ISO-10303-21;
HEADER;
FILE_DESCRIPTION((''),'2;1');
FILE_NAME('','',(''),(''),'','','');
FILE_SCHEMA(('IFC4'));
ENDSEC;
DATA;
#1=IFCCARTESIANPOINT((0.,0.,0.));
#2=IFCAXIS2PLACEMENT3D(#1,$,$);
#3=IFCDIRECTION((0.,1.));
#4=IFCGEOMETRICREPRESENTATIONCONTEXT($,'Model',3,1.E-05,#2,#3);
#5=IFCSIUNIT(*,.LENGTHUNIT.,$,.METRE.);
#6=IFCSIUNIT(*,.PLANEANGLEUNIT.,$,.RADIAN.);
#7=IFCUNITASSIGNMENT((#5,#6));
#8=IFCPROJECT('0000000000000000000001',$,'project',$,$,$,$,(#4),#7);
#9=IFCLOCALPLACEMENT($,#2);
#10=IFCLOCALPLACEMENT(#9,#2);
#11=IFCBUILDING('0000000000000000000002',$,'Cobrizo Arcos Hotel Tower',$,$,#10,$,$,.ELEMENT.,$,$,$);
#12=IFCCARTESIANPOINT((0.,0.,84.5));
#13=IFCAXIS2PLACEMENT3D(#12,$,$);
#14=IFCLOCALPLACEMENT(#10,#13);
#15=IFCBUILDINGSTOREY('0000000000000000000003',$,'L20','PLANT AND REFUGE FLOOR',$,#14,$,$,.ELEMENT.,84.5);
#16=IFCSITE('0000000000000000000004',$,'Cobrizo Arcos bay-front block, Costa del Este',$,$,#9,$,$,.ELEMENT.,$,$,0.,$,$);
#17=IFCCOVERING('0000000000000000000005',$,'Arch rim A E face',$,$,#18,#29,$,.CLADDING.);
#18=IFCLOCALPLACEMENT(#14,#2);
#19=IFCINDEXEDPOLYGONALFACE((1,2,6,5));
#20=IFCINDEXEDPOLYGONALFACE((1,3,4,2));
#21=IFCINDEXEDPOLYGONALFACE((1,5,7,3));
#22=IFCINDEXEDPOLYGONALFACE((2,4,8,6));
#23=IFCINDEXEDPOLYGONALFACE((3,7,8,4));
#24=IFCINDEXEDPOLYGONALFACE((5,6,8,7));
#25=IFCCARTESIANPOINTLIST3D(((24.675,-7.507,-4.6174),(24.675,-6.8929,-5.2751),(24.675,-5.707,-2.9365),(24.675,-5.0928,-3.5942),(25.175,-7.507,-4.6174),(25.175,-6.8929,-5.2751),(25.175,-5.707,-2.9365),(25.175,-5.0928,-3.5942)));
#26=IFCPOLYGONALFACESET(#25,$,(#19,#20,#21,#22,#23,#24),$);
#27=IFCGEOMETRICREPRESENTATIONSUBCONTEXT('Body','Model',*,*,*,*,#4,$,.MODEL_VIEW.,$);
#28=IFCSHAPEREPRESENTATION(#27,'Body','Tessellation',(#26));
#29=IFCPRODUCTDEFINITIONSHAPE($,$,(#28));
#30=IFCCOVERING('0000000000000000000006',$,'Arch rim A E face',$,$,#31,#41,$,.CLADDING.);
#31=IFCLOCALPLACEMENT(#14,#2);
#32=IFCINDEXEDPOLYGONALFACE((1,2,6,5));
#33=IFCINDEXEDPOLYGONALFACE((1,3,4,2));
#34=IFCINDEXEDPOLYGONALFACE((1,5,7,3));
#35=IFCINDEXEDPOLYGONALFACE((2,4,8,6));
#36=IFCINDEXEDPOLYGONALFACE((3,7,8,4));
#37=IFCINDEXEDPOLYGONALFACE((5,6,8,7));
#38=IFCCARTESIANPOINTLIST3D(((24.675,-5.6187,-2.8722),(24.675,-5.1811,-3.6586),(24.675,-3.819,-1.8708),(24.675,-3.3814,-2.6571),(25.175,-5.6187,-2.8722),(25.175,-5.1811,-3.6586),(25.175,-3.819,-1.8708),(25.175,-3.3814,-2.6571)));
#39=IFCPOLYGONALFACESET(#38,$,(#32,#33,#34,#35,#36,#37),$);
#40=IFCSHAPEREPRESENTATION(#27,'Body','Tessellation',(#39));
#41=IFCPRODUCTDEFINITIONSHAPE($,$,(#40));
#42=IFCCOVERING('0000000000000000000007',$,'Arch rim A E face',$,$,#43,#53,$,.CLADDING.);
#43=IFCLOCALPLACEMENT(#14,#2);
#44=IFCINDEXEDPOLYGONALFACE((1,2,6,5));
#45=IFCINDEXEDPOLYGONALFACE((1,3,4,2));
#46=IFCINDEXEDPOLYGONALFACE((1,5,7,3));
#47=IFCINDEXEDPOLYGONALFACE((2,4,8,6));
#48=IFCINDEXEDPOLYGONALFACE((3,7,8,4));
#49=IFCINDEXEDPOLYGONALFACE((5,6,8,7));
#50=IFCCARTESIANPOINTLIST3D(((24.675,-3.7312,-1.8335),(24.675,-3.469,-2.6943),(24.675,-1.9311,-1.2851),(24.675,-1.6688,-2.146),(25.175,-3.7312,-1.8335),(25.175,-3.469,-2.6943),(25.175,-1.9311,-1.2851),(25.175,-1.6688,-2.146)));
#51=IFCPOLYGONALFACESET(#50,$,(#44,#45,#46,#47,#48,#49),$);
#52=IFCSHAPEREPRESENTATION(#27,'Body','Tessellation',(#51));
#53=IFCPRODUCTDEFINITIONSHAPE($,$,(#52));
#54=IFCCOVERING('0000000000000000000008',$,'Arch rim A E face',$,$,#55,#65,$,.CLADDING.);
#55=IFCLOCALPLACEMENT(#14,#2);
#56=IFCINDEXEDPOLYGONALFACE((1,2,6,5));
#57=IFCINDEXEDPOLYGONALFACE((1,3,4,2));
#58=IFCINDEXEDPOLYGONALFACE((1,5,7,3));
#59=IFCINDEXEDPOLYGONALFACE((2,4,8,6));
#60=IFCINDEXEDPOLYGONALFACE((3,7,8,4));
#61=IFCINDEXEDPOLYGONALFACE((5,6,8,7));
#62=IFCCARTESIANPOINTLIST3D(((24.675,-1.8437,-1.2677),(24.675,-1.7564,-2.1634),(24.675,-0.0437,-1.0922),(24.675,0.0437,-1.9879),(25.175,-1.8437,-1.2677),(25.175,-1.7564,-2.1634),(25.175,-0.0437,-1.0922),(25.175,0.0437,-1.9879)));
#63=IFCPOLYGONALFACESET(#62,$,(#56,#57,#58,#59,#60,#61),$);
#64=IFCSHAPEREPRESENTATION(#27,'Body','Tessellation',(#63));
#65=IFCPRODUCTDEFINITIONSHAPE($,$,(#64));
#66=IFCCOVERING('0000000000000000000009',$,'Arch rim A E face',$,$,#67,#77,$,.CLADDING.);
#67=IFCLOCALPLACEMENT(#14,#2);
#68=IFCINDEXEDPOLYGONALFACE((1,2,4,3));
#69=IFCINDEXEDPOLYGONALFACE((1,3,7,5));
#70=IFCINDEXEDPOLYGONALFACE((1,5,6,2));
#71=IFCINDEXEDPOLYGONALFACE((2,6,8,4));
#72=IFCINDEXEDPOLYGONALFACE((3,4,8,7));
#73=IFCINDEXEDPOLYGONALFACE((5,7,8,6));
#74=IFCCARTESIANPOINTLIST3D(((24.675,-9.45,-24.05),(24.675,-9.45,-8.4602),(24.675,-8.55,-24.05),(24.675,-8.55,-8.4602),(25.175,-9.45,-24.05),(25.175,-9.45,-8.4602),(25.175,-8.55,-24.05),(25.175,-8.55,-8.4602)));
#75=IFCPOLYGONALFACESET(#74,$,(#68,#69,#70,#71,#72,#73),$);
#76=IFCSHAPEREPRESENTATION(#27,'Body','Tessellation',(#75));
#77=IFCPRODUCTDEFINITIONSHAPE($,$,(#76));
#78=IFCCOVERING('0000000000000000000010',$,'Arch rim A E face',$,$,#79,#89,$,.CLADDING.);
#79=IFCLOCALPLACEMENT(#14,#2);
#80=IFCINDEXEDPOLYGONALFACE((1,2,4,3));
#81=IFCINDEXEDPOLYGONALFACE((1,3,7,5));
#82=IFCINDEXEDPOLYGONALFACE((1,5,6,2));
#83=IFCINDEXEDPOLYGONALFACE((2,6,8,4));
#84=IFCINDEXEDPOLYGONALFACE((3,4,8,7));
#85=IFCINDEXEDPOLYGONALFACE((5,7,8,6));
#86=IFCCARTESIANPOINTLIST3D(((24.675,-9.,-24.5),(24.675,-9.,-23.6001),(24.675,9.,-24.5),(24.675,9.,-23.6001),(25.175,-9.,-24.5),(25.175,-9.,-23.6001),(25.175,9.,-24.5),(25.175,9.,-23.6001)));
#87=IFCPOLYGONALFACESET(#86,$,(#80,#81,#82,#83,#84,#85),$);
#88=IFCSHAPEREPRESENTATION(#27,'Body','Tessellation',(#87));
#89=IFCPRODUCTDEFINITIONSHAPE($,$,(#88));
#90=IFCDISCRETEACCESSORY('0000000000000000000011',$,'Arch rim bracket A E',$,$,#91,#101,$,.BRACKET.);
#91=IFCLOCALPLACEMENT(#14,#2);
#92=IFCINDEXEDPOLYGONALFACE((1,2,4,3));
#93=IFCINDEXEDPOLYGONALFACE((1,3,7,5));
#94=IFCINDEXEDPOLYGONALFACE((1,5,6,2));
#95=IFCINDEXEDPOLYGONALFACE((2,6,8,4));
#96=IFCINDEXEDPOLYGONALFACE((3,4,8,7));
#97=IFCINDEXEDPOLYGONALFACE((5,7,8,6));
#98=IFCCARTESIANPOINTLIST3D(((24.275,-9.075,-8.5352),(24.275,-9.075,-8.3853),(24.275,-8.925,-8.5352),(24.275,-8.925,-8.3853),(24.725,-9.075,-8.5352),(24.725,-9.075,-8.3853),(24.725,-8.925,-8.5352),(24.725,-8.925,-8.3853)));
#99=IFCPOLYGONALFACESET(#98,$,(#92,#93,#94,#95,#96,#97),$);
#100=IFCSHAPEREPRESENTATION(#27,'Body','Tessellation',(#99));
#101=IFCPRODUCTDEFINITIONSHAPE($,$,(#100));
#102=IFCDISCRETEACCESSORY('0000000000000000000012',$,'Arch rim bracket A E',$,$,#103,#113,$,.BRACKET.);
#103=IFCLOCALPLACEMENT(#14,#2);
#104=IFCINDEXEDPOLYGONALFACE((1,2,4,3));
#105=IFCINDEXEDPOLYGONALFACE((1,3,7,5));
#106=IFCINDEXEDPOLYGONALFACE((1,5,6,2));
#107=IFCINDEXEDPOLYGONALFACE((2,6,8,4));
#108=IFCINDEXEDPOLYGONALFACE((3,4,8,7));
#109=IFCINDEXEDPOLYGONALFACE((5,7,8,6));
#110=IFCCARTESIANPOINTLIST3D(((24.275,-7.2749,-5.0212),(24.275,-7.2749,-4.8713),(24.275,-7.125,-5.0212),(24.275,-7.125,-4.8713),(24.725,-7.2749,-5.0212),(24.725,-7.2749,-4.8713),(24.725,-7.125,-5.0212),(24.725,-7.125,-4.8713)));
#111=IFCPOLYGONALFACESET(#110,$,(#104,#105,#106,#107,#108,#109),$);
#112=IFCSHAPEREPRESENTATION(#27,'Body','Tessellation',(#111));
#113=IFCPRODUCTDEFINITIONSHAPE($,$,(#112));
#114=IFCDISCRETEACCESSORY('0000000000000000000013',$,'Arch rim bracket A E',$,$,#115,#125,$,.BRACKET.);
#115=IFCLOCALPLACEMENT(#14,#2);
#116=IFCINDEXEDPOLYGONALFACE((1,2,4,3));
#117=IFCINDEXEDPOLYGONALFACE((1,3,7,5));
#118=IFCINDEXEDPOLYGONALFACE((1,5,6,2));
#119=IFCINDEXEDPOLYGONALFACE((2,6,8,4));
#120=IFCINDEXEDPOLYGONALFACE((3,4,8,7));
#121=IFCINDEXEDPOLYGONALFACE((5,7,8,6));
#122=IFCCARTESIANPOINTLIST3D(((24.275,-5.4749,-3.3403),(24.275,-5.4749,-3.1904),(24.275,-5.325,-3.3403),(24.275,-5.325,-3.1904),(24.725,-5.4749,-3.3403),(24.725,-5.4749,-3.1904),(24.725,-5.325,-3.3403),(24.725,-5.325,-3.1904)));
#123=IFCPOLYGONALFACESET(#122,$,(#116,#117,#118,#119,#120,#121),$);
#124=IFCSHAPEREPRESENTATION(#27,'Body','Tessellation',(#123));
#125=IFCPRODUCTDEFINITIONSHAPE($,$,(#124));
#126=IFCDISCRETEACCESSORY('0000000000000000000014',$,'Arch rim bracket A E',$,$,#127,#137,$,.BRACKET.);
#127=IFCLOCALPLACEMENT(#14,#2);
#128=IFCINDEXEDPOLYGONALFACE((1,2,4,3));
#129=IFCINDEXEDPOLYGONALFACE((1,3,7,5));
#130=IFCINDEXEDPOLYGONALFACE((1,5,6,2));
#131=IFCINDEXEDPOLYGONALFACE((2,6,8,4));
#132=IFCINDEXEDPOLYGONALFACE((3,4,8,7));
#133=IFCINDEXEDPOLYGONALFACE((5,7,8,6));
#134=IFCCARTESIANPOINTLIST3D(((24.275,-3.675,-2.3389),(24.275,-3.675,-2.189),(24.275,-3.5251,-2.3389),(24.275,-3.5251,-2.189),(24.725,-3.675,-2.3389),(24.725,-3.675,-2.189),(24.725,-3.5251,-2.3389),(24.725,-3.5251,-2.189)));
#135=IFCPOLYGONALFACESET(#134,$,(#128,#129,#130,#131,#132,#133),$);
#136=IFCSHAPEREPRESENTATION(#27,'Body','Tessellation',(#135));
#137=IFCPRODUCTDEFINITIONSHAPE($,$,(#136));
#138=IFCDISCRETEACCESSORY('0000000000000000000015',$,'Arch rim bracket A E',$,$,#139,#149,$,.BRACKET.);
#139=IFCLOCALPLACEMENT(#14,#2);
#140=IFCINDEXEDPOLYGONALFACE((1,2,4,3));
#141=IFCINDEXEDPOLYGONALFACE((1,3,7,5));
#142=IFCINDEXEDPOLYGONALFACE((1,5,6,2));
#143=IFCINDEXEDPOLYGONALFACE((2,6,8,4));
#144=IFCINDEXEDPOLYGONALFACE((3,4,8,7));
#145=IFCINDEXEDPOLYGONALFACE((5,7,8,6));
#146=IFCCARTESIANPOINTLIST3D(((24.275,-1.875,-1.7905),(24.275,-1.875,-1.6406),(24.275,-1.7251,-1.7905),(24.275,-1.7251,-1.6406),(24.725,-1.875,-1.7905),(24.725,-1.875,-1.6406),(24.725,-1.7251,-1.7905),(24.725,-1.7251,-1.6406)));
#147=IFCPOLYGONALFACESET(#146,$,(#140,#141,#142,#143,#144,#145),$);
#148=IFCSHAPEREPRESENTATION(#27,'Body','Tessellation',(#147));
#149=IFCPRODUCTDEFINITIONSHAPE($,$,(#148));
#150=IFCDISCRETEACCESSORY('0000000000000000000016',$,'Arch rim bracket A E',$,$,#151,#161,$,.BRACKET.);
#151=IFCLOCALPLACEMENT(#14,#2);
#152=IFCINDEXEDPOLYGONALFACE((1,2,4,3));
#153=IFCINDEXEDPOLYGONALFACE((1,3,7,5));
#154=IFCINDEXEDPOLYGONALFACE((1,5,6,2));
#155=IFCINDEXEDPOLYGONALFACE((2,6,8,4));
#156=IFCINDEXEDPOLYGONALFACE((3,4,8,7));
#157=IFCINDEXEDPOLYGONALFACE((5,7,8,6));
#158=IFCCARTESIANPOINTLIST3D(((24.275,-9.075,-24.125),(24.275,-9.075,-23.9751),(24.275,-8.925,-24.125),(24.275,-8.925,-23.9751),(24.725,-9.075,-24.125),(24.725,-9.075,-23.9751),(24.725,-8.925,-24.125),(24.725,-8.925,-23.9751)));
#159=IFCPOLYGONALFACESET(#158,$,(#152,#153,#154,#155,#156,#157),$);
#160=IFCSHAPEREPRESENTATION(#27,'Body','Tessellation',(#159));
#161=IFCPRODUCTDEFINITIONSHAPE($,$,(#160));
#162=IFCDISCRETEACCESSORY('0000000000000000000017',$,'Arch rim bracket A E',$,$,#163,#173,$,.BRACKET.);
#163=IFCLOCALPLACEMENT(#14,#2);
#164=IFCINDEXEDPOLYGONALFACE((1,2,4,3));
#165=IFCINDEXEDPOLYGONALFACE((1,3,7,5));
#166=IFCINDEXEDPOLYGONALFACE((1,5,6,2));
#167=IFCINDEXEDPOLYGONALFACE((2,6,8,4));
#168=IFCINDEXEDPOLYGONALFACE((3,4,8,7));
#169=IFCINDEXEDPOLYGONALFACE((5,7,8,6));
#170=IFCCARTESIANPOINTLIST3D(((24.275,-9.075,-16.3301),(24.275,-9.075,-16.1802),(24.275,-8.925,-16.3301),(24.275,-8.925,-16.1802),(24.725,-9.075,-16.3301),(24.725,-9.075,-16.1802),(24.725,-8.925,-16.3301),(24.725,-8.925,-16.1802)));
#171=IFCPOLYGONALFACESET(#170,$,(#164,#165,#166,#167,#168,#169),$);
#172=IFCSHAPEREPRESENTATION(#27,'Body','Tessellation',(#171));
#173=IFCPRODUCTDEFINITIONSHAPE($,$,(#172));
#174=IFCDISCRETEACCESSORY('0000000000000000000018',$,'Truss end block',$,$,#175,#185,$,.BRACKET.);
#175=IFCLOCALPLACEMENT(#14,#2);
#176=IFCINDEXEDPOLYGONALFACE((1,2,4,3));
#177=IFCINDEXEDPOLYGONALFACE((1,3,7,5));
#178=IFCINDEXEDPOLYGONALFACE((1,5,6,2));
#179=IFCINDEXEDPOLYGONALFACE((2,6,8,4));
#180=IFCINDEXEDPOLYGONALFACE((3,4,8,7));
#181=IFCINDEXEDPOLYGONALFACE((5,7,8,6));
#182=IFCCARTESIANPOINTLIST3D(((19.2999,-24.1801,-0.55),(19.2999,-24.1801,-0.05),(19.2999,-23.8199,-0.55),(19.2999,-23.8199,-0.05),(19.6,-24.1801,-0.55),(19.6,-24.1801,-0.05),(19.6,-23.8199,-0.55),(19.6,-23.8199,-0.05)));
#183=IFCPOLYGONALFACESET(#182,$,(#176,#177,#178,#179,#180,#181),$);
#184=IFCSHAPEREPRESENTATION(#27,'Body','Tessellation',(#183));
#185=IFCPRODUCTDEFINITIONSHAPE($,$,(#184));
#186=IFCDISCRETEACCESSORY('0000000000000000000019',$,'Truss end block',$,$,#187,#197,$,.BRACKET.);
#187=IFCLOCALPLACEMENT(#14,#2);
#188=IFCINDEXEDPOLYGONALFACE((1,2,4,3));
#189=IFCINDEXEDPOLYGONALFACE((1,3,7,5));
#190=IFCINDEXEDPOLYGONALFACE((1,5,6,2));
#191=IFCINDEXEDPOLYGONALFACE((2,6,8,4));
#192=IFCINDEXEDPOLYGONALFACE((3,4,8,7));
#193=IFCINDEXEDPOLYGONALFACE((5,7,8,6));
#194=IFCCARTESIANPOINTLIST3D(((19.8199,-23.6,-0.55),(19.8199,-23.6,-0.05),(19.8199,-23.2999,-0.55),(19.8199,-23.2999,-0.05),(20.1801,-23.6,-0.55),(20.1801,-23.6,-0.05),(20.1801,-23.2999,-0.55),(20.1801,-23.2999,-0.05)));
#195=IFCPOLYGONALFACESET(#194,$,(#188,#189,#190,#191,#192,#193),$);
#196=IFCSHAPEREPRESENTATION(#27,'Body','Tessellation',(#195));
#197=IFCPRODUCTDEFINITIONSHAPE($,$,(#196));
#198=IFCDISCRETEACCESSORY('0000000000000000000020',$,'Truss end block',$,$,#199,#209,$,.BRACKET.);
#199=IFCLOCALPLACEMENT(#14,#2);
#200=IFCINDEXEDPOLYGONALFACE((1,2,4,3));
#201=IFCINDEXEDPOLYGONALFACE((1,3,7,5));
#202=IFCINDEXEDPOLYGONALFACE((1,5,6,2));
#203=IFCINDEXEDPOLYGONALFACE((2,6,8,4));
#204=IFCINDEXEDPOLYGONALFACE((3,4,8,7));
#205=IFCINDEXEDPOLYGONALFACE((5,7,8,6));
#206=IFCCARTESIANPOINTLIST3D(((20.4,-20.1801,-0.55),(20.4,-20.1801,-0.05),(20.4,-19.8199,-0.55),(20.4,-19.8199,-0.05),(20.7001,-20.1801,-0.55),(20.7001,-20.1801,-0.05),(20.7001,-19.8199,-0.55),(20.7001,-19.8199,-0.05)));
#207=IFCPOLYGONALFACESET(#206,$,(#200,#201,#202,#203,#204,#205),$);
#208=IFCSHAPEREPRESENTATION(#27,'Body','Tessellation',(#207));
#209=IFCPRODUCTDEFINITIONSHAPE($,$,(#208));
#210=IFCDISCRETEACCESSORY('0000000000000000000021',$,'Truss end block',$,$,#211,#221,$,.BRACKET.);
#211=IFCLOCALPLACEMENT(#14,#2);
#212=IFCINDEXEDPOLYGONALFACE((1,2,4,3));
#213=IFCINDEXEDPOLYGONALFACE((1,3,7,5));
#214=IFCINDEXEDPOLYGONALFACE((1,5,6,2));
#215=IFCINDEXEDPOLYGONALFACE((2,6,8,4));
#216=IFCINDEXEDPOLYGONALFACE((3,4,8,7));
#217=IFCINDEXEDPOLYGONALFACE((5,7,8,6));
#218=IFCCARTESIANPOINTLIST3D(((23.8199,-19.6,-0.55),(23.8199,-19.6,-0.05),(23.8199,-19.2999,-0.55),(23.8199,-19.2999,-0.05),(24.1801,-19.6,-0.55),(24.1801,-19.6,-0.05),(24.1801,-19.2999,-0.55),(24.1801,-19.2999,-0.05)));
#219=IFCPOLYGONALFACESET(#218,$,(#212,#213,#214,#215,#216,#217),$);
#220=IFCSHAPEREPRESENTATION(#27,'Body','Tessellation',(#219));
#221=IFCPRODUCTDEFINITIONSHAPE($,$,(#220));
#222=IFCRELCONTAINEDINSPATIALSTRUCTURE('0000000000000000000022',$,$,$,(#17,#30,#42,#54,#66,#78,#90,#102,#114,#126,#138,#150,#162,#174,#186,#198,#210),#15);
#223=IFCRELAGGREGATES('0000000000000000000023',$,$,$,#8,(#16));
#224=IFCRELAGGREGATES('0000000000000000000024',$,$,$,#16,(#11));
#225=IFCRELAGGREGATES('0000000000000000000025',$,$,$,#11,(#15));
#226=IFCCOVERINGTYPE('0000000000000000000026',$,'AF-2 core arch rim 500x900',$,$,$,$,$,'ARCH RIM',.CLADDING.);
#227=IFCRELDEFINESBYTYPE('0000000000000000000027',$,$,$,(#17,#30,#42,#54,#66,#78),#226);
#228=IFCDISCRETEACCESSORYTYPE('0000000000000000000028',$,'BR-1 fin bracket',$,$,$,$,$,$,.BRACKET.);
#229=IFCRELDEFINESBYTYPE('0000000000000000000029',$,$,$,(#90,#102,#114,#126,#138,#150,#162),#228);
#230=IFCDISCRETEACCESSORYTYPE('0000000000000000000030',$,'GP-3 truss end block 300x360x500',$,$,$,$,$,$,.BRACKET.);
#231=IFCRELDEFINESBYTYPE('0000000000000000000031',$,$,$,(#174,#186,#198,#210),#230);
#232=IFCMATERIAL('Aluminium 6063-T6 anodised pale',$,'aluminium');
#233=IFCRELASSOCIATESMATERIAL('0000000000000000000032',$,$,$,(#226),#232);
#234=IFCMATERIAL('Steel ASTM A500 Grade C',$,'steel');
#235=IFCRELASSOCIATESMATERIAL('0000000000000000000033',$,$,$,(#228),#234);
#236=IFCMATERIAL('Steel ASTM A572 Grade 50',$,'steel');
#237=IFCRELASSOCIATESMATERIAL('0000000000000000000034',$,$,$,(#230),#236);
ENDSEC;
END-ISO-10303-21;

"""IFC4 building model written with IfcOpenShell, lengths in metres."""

from ifc_helpers import new_model, si_unit, direction, frame, origin, origin_2d, place, context, subcontext, project, spatial, rectangle, extrude, material, material_profile, profile_set, type_object, element, save


model = new_model("IFC4")

# Units and contexts
model_context = context("Model", 3, precision=1e-05, world=origin(), true_north=direction((0.0, 1.0)))
body_context = subcontext(model_context, "Body", "Model", "MODEL_VIEW")
ifc_project = project(units=[si_unit("LENGTHUNIT", "METRE"), si_unit("PLANEANGLEUNIT", "RADIAN")], contexts=[model_context])

# Site, building, storey
site_placement = place(None, origin())
site = spatial("IfcSite", under=ifc_project, at=site_placement, Name="Cobrizo Arcos bay-front block, Costa del Este", CompositionType="ELEMENT", RefElevation=0.0)
building_placement = place(site_placement, origin())
building = spatial("IfcBuilding", under=site, at=building_placement, Name="Cobrizo Arcos Hotel Tower", CompositionType="ELEMENT")
storey_placement = place(building_placement, frame((0.0, 0.0, 84.5)))
storey = spatial("IfcBuildingStorey", under=building, at=storey_placement, Name="L20", Description="PLANT AND REFUGE FLOOR", CompositionType="ELEMENT", Elevation=84.5)

# Coverings
ifc_material_1 = material(Name="Aluminium 6063-T6 anodised pale", Category="aluminium")
ifc_material_profile_1 = material_profile(ifc_material_1, rectangle(XDim=0.5, YDim=0.8999, at=origin_2d()), Name="AF-2 core arch rim 500x900")
ifc_profile_set_1 = profile_set([ifc_material_profile_1], Name="Aluminium 6063-T6 anodised pale")
covering_type = type_object("IfcCoveringType", Name="AF-2 core arch rim 500x900", ElementType="ARCH RIM", PredefinedType="CLADDING", material=ifc_profile_set_1)
covering_1_placement = place(storey_placement, frame((24.925, -7.2, -4.9463), z_axis=(0.0, 0.730881, 0.682505), x_axis=(-1.0, 0.0, 0.0)))
element("IfcCovering", 1, at=covering_1_placement, inside=storey, type_object=covering_type, Name="Arch rim A E face", PredefinedType="CLADDING", context=body_context, shape_type="SweptSolid", body=[
    extrude(rectangle(XDim=0.5, YDim=0.8999, at=origin_2d()), origin(), (0.0, 0.0, 1.0), 2.4629),
])
covering_2_placement = place(storey_placement, frame((24.925, -5.3999, -3.2654), z_axis=(0.0, 0.873833, 0.486227), x_axis=(-1.0, 0.0, 0.0)))
element("IfcCovering", 2, at=covering_2_placement, inside=storey, type_object=covering_type, Name="Arch rim A E face", PredefinedType="CLADDING", context=body_context, shape_type="SweptSolid", body=[
    extrude(rectangle(XDim=0.5, YDim=0.8999, at=origin_2d()), origin(), (0.0, 0.0, 1.0), 2.0596),
])
covering_3_placement = place(storey_placement, frame((24.925, -3.6001, -2.2639), z_axis=(0.0, 0.9566, 0.291404), x_axis=(-1.0, 0.0, 0.0)))
element("IfcCovering", 3, at=covering_3_placement, inside=storey, type_object=covering_type, Name="Arch rim A E face", PredefinedType="CLADDING", context=body_context, shape_type="SweptSolid", body=[
    extrude(rectangle(XDim=0.5, YDim=0.8999, at=origin_2d()), origin(), (0.0, 0.0, 1.0), 1.8818),
])
covering_4_placement = place(storey_placement, frame((24.925, -1.8, -1.7156), z_axis=(0.0, 0.995279, 0.097058), x_axis=(-1.0, 0.0, 0.0)))
element("IfcCovering", 4, at=covering_4_placement, inside=storey, type_object=covering_type, Name="Arch rim A E face", PredefinedType="CLADDING", context=body_context, shape_type="SweptSolid", body=[
    extrude(rectangle(XDim=0.5, YDim=0.8999, at=origin_2d()), origin(), (0.0, 0.0, 1.0), 1.8086),
])
covering_5_placement = place(storey_placement, frame((24.925, -9.0, -24.05), z_axis=(0.0, 0.0, 1.0), x_axis=(1.0, 0.0, 0.0)))
element("IfcCovering", 5, at=covering_5_placement, inside=storey, type_object=covering_type, Name="Arch rim A E face", PredefinedType="CLADDING", context=body_context, shape_type="SweptSolid", body=[
    extrude(rectangle(XDim=0.5, YDim=0.8999, at=origin_2d()), origin(), (0.0, 0.0, 1.0), 15.5898),
])
covering_6_placement = place(storey_placement, frame((24.925, -9.0, -24.05), z_axis=(0.0, 1.0, 0.0), x_axis=(-1.0, 0.0, 0.0)))
element("IfcCovering", 6, at=covering_6_placement, inside=storey, type_object=covering_type, Name="Arch rim A E face", PredefinedType="CLADDING", context=body_context, shape_type="SweptSolid", body=[
    extrude(rectangle(XDim=0.5, YDim=0.8999, at=origin_2d()), origin(), (0.0, 0.0, 1.0), 18.0),
])

# Discrete accessories
ifc_material_2 = material(Name="Steel ASTM A500 Grade C", Category="steel")
discrete_accessory_type_1 = type_object("IfcDiscreteAccessoryType", Name="BR-1 fin bracket", PredefinedType="BRACKET", material=ifc_material_2)
for number, where, z_axis, x_axis, name in (
    (7, (24.5, -9.0, -8.5352), (0.0, 0.0, 1.0), (1.0, 0.0, 0.0), "Arch rim bracket A E"),
    (8, (24.5, -7.2, -5.0212), (0.0, 0.0, 1.0), (1.0, 0.0, 0.0), "Arch rim bracket A E"),
    (9, (24.5, -5.3999, -3.3403), (0.0, 0.0, 1.0), (1.0, 0.0, 0.0), "Arch rim bracket A E"),
    (10, (24.5, -3.6001, -2.3389), (0.0, 0.0, 1.0), (1.0, 0.0, 0.0), "Arch rim bracket A E"),
    (11, (24.5, -1.8, -1.7905), (0.0, 0.0, 1.0), (1.0, 0.0, 0.0), "Arch rim bracket A E"),
    (12, (24.5, -9.0, -24.125), (0.0, 0.0, 1.0), (1.0, 0.0, 0.0), "Arch rim bracket A E"),
    (13, (24.5, -9.0, -16.3301), (0.0, 0.0, 1.0), (1.0, 0.0, 0.0), "Arch rim bracket A E"),
):
    element("IfcDiscreteAccessory", number, at=place(storey_placement, frame(where, z_axis=z_axis, x_axis=x_axis)), inside=storey, type_object=discrete_accessory_type_1, Name=name, PredefinedType="BRACKET", context=body_context, shape_type="SweptSolid", body=[
        extrude(rectangle(XDim=0.45, YDim=0.1499, at=origin_2d()), origin(), (0.0, 0.0, 1.0), 0.1499),
    ])
ifc_material_3 = material(Name="Steel ASTM A572 Grade 50", Category="steel")
discrete_accessory_type_2 = type_object("IfcDiscreteAccessoryType", Name="GP-3 truss end block 300x360x500", PredefinedType="BRACKET", material=ifc_material_3)
for number, where, z_axis, x_axis, name in (
    (14, (19.45, -24.0, -0.55), (0.0, 0.0, 1.0), (-1.0, 0.0, 0.0), "Truss end block"),
    (15, (20.0, -23.45, -0.55), (0.0, 0.0, 1.0), (0.0, 1.0, 0.0), "Truss end block"),
    (16, (20.55, -20.0, -0.55), (0.0, 0.0, 1.0), (1.0, 0.0, 0.0), "Truss end block"),
    (17, (24.0, -19.45, -0.55), (0.0, 0.0, 1.0), (0.0, 1.0, 0.0), "Truss end block"),
):
    element("IfcDiscreteAccessory", number, at=place(storey_placement, frame(where, z_axis=z_axis, x_axis=x_axis)), inside=storey, type_object=discrete_accessory_type_2, Name=name, PredefinedType="BRACKET", context=body_context, shape_type="SweptSolid", body=[
        extrude(rectangle(XDim=0.3, YDim=0.3601, at=origin_2d()), origin(), (0.0, 0.0, 1.0), 0.5),
    ])

save(model, "model.ifc")
